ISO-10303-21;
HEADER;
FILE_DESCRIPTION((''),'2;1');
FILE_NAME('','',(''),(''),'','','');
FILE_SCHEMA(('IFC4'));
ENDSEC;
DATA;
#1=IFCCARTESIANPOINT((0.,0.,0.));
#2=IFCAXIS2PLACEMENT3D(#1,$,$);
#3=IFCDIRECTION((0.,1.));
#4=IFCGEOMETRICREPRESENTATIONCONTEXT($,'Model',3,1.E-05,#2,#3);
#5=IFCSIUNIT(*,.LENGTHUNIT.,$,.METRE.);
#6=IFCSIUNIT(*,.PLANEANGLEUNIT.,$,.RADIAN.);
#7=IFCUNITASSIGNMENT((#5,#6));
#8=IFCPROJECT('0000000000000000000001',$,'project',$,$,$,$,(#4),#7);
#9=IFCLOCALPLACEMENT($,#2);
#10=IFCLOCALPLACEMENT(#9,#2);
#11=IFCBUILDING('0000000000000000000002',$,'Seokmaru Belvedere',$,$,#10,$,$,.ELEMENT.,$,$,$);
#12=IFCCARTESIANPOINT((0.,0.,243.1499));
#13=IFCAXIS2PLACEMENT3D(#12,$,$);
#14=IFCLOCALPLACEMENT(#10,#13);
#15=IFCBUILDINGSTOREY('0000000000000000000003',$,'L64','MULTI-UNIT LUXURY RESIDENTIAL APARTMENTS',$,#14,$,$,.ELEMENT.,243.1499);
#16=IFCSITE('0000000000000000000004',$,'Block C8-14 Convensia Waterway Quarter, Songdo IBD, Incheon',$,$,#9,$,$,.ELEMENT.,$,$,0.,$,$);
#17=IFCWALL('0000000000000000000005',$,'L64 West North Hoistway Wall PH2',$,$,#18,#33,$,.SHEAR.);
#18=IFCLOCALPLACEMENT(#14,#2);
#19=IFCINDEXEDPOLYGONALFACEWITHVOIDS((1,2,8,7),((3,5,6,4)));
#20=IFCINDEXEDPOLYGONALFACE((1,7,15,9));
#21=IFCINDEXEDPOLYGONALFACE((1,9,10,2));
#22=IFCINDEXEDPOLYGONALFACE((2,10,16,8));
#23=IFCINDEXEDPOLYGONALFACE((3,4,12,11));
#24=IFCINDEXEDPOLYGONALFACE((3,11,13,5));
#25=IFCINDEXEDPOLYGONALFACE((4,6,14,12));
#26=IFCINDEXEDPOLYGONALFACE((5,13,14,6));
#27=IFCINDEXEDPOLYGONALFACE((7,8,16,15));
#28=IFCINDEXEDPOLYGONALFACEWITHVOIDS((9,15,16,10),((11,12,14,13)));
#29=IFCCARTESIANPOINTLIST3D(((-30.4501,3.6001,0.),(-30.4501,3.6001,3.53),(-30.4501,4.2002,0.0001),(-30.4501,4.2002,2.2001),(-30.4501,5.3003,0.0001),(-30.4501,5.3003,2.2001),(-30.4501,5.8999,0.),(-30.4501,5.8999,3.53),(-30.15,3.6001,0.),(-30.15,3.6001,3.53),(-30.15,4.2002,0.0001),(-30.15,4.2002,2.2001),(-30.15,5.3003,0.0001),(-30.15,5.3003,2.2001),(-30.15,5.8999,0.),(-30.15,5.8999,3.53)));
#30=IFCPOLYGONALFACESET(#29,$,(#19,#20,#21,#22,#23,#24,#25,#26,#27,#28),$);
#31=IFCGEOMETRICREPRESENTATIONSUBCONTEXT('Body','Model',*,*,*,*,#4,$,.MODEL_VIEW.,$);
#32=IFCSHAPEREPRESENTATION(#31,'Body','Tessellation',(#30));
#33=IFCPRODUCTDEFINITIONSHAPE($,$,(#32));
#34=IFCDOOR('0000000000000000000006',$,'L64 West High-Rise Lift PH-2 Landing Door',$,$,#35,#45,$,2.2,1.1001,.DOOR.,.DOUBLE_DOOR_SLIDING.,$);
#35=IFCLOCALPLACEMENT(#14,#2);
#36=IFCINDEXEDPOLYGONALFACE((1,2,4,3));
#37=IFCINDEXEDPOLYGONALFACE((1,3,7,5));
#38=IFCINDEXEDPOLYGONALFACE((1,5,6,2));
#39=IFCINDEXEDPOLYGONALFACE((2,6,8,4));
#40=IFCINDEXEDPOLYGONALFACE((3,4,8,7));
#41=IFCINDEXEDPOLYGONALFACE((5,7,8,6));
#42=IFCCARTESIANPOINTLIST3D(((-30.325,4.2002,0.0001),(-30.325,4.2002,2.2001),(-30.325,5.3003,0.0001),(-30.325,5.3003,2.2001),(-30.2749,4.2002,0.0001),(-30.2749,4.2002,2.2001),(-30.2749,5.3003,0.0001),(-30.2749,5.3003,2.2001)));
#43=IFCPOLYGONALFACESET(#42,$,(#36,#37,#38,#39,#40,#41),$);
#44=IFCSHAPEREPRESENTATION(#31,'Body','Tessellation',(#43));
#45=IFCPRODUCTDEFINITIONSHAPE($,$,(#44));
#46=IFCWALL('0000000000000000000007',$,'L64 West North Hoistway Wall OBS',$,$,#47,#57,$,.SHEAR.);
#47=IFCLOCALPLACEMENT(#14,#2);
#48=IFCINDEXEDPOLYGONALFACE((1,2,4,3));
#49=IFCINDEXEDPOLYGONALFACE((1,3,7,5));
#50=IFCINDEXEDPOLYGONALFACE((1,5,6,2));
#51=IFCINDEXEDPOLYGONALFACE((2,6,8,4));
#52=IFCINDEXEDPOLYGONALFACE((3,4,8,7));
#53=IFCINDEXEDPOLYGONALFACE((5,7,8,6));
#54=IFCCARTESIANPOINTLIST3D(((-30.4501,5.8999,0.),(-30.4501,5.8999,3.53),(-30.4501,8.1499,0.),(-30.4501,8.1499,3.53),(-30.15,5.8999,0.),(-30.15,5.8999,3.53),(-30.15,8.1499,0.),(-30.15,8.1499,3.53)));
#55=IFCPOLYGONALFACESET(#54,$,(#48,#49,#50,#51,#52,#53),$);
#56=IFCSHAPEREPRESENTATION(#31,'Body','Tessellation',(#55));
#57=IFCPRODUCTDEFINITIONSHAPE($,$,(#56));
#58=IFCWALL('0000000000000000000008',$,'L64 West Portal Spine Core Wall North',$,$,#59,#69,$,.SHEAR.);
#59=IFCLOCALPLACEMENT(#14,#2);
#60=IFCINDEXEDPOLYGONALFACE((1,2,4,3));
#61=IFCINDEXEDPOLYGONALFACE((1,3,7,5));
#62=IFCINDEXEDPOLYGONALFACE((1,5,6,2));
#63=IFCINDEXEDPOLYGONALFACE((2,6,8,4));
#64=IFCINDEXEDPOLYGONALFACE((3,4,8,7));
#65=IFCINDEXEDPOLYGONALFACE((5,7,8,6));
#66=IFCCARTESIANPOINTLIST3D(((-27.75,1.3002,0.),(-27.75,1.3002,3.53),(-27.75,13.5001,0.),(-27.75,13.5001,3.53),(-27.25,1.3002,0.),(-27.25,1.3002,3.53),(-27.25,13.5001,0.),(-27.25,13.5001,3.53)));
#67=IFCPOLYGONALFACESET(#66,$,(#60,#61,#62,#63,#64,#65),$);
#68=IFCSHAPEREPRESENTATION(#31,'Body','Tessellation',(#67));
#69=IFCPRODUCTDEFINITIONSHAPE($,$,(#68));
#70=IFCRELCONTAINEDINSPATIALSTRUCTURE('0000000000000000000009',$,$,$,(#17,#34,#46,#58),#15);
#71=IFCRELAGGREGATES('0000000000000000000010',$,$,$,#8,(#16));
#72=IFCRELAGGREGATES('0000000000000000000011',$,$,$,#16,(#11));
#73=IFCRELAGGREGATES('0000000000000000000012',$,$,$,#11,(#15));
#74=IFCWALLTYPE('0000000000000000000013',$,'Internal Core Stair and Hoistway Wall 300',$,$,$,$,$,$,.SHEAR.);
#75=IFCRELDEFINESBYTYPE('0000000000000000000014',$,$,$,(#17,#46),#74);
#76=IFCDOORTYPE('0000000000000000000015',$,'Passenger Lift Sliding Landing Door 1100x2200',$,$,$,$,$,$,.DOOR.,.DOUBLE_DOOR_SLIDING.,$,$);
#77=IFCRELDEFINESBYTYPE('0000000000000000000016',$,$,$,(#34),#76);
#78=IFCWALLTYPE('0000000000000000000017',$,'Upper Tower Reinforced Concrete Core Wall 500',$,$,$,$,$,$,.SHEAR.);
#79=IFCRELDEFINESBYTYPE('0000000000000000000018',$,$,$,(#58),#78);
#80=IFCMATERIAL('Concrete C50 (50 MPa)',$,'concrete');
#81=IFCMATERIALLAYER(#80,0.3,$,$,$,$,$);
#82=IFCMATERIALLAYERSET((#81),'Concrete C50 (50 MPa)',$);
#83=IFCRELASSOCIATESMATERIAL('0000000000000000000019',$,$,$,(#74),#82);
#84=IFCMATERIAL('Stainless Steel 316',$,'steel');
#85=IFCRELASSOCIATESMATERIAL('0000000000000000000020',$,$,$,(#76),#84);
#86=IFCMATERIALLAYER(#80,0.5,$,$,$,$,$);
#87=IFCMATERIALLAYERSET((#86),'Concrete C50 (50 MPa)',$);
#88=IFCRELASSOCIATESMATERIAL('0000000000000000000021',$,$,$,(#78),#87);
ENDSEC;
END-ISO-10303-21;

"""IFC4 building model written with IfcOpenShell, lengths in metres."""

from ifc_helpers import new_model, si_unit, direction, frame, frame_2d, origin, place, context, subcontext, project, spatial, rectangle, extrude, source, transform, mapped, material, layer, layer_set, type_object, type_shapes, element, fill, save


model = new_model("IFC4")

# Units and contexts
model_context = context("Model", 3, precision=1e-05, world=origin(), true_north=direction((0.0, 1.0)))
body_context = subcontext(model_context, "Body", "Model", "MODEL_VIEW")
ifc_project = project(units=[si_unit("LENGTHUNIT", "METRE"), si_unit("PLANEANGLEUNIT", "RADIAN")], contexts=[model_context])

# Site, building, storey
site_placement = place(None, origin())
site = spatial("IfcSite", under=ifc_project, at=site_placement, Name="Block C8-14 Convensia Waterway Quarter, Songdo IBD, Incheon", CompositionType="ELEMENT", RefElevation=0.0)
building_placement = place(site_placement, origin())
building = spatial("IfcBuilding", under=site, at=building_placement, Name="Seokmaru Belvedere", CompositionType="ELEMENT")
storey_placement = place(building_placement, frame((0.0, 0.0, 243.1499)))
storey = spatial("IfcBuildingStorey", under=building, at=storey_placement, Name="L64", Description="MULTI-UNIT LUXURY RESIDENTIAL APARTMENTS", CompositionType="ELEMENT", Elevation=243.1499)

# Shared definitions
ifc_material_1 = material(Name="Concrete C50 (50 MPa)", Category="concrete")

# Wall, opening, door
ifc_layer_1 = layer(ifc_material_1, 0.3)
ifc_layer_set_1 = layer_set([ifc_layer_1], Name="Concrete C50 (50 MPa)")
wall_type_1 = type_object("IfcWallType", Name="Internal Core Stair and Hoistway Wall 300", PredefinedType="SHEAR", material=ifc_layer_set_1)
ifc_material_2 = material(Name="Stainless Steel 316", Category="steel")
door_type_1 = type_object("IfcDoorType", Name="Passenger Lift Sliding Landing Door 1100x2200", OperationType="DOUBLE_DOOR_SLIDING", PredefinedType="DOOR", material=ifc_material_2)
shared_shape_1 = source(origin(), body_context, "Body", "SweptSolid", [
    extrude(rectangle(XDim=1.1001, YDim=2.2, at=frame_2d((0.55, 1.1001))), frame((0.0, 0.0249, 0.0), z_axis=(0.0, -1.0, 0.0), x_axis=(1.0, 0.0, 0.0)), (0.0, 0.0, 1.0), 0.05),
])
type_shapes(door_type_1, [shared_shape_1])
wall_1_placement = place(storey_placement, frame((-30.3, 3.6001, 0.0), z_axis=(0.0, 0.0, 1.0), x_axis=(0.0, 1.0, 0.0)))
wall_1 = element("IfcWall", 1, at=wall_1_placement, inside=storey, type_object=wall_type_1, Name="L64 West North Hoistway Wall PH2", PredefinedType="SHEAR", context=body_context, shape_type="SweptSolid", body=[
    extrude(rectangle(XDim=2.2998, YDim=0.3, at=frame_2d((1.1499, 0.0))), origin(), (0.0, 0.0, 1.0), 3.53),
])
opening_1_placement = place(wall_1_placement, frame((0.6001, 0.0, 0.0)))
opening_1 = element("IfcOpeningElement", 2, at=opening_1_placement, cuts=wall_1, PredefinedType="OPENING", context=body_context, shape_type="SweptSolid", body=[
    extrude(rectangle(XDim=1.1001, YDim=2.2, at=frame_2d((0.55, 1.1001))), frame((0.0, 0.1602, 0.0), z_axis=(0.0, -1.0, 0.0), x_axis=(1.0, 0.0, 0.0)), (0.0, 0.0, 1.0), 0.3201),
])
door_1_placement = place(opening_1_placement, origin())
door_1 = element("IfcDoor", 3, at=door_1_placement, inside=storey, type_object=door_type_1, Name="L64 West High-Rise Lift PH-2 Landing Door", OperationType="DOUBLE_DOOR_SLIDING", OverallHeight=2.2, OverallWidth=1.1001, PredefinedType="DOOR", context=body_context, shape_type="MappedRepresentation", body=[
    mapped(shared_shape_1, transform((0.0, 0.0, 0.0), scale=1.0)),
])
fill(opening_1, door_1)

# Wall
wall_2_placement = place(storey_placement, frame((-30.3, 5.8999, 0.0), z_axis=(0.0, 0.0, 1.0), x_axis=(0.0, 1.0, 0.0)))
element("IfcWall", 4, at=wall_2_placement, inside=storey, type_object=wall_type_1, Name="L64 West North Hoistway Wall OBS", PredefinedType="SHEAR", context=body_context, shape_type="SweptSolid", body=[
    extrude(rectangle(XDim=2.25, YDim=0.3, at=frame_2d((1.125, 0.0))), origin(), (0.0, 0.0, 1.0), 3.53),
])

# Wall
ifc_layer_2 = layer(ifc_material_1, 0.5)
ifc_layer_set_2 = layer_set([ifc_layer_2], Name="Concrete C50 (50 MPa)")
wall_type_2 = type_object("IfcWallType", Name="Upper Tower Reinforced Concrete Core Wall 500", PredefinedType="SHEAR", material=ifc_layer_set_2)
wall_3_placement = place(storey_placement, frame((-27.5, 1.3, 0.0), z_axis=(0.0, 0.0, 1.0), x_axis=(0.0, 1.0, 0.0)))
element("IfcWall", 5, at=wall_3_placement, inside=storey, type_object=wall_type_2, Name="L64 West Portal Spine Core Wall North", PredefinedType="SHEAR", context=body_context, shape_type="SweptSolid", body=[
    extrude(rectangle(XDim=12.2, YDim=0.5, at=frame_2d((6.1001, 0.0))), origin(), (0.0, 0.0, 1.0), 3.53),
])

save(model, "model.ifc")
